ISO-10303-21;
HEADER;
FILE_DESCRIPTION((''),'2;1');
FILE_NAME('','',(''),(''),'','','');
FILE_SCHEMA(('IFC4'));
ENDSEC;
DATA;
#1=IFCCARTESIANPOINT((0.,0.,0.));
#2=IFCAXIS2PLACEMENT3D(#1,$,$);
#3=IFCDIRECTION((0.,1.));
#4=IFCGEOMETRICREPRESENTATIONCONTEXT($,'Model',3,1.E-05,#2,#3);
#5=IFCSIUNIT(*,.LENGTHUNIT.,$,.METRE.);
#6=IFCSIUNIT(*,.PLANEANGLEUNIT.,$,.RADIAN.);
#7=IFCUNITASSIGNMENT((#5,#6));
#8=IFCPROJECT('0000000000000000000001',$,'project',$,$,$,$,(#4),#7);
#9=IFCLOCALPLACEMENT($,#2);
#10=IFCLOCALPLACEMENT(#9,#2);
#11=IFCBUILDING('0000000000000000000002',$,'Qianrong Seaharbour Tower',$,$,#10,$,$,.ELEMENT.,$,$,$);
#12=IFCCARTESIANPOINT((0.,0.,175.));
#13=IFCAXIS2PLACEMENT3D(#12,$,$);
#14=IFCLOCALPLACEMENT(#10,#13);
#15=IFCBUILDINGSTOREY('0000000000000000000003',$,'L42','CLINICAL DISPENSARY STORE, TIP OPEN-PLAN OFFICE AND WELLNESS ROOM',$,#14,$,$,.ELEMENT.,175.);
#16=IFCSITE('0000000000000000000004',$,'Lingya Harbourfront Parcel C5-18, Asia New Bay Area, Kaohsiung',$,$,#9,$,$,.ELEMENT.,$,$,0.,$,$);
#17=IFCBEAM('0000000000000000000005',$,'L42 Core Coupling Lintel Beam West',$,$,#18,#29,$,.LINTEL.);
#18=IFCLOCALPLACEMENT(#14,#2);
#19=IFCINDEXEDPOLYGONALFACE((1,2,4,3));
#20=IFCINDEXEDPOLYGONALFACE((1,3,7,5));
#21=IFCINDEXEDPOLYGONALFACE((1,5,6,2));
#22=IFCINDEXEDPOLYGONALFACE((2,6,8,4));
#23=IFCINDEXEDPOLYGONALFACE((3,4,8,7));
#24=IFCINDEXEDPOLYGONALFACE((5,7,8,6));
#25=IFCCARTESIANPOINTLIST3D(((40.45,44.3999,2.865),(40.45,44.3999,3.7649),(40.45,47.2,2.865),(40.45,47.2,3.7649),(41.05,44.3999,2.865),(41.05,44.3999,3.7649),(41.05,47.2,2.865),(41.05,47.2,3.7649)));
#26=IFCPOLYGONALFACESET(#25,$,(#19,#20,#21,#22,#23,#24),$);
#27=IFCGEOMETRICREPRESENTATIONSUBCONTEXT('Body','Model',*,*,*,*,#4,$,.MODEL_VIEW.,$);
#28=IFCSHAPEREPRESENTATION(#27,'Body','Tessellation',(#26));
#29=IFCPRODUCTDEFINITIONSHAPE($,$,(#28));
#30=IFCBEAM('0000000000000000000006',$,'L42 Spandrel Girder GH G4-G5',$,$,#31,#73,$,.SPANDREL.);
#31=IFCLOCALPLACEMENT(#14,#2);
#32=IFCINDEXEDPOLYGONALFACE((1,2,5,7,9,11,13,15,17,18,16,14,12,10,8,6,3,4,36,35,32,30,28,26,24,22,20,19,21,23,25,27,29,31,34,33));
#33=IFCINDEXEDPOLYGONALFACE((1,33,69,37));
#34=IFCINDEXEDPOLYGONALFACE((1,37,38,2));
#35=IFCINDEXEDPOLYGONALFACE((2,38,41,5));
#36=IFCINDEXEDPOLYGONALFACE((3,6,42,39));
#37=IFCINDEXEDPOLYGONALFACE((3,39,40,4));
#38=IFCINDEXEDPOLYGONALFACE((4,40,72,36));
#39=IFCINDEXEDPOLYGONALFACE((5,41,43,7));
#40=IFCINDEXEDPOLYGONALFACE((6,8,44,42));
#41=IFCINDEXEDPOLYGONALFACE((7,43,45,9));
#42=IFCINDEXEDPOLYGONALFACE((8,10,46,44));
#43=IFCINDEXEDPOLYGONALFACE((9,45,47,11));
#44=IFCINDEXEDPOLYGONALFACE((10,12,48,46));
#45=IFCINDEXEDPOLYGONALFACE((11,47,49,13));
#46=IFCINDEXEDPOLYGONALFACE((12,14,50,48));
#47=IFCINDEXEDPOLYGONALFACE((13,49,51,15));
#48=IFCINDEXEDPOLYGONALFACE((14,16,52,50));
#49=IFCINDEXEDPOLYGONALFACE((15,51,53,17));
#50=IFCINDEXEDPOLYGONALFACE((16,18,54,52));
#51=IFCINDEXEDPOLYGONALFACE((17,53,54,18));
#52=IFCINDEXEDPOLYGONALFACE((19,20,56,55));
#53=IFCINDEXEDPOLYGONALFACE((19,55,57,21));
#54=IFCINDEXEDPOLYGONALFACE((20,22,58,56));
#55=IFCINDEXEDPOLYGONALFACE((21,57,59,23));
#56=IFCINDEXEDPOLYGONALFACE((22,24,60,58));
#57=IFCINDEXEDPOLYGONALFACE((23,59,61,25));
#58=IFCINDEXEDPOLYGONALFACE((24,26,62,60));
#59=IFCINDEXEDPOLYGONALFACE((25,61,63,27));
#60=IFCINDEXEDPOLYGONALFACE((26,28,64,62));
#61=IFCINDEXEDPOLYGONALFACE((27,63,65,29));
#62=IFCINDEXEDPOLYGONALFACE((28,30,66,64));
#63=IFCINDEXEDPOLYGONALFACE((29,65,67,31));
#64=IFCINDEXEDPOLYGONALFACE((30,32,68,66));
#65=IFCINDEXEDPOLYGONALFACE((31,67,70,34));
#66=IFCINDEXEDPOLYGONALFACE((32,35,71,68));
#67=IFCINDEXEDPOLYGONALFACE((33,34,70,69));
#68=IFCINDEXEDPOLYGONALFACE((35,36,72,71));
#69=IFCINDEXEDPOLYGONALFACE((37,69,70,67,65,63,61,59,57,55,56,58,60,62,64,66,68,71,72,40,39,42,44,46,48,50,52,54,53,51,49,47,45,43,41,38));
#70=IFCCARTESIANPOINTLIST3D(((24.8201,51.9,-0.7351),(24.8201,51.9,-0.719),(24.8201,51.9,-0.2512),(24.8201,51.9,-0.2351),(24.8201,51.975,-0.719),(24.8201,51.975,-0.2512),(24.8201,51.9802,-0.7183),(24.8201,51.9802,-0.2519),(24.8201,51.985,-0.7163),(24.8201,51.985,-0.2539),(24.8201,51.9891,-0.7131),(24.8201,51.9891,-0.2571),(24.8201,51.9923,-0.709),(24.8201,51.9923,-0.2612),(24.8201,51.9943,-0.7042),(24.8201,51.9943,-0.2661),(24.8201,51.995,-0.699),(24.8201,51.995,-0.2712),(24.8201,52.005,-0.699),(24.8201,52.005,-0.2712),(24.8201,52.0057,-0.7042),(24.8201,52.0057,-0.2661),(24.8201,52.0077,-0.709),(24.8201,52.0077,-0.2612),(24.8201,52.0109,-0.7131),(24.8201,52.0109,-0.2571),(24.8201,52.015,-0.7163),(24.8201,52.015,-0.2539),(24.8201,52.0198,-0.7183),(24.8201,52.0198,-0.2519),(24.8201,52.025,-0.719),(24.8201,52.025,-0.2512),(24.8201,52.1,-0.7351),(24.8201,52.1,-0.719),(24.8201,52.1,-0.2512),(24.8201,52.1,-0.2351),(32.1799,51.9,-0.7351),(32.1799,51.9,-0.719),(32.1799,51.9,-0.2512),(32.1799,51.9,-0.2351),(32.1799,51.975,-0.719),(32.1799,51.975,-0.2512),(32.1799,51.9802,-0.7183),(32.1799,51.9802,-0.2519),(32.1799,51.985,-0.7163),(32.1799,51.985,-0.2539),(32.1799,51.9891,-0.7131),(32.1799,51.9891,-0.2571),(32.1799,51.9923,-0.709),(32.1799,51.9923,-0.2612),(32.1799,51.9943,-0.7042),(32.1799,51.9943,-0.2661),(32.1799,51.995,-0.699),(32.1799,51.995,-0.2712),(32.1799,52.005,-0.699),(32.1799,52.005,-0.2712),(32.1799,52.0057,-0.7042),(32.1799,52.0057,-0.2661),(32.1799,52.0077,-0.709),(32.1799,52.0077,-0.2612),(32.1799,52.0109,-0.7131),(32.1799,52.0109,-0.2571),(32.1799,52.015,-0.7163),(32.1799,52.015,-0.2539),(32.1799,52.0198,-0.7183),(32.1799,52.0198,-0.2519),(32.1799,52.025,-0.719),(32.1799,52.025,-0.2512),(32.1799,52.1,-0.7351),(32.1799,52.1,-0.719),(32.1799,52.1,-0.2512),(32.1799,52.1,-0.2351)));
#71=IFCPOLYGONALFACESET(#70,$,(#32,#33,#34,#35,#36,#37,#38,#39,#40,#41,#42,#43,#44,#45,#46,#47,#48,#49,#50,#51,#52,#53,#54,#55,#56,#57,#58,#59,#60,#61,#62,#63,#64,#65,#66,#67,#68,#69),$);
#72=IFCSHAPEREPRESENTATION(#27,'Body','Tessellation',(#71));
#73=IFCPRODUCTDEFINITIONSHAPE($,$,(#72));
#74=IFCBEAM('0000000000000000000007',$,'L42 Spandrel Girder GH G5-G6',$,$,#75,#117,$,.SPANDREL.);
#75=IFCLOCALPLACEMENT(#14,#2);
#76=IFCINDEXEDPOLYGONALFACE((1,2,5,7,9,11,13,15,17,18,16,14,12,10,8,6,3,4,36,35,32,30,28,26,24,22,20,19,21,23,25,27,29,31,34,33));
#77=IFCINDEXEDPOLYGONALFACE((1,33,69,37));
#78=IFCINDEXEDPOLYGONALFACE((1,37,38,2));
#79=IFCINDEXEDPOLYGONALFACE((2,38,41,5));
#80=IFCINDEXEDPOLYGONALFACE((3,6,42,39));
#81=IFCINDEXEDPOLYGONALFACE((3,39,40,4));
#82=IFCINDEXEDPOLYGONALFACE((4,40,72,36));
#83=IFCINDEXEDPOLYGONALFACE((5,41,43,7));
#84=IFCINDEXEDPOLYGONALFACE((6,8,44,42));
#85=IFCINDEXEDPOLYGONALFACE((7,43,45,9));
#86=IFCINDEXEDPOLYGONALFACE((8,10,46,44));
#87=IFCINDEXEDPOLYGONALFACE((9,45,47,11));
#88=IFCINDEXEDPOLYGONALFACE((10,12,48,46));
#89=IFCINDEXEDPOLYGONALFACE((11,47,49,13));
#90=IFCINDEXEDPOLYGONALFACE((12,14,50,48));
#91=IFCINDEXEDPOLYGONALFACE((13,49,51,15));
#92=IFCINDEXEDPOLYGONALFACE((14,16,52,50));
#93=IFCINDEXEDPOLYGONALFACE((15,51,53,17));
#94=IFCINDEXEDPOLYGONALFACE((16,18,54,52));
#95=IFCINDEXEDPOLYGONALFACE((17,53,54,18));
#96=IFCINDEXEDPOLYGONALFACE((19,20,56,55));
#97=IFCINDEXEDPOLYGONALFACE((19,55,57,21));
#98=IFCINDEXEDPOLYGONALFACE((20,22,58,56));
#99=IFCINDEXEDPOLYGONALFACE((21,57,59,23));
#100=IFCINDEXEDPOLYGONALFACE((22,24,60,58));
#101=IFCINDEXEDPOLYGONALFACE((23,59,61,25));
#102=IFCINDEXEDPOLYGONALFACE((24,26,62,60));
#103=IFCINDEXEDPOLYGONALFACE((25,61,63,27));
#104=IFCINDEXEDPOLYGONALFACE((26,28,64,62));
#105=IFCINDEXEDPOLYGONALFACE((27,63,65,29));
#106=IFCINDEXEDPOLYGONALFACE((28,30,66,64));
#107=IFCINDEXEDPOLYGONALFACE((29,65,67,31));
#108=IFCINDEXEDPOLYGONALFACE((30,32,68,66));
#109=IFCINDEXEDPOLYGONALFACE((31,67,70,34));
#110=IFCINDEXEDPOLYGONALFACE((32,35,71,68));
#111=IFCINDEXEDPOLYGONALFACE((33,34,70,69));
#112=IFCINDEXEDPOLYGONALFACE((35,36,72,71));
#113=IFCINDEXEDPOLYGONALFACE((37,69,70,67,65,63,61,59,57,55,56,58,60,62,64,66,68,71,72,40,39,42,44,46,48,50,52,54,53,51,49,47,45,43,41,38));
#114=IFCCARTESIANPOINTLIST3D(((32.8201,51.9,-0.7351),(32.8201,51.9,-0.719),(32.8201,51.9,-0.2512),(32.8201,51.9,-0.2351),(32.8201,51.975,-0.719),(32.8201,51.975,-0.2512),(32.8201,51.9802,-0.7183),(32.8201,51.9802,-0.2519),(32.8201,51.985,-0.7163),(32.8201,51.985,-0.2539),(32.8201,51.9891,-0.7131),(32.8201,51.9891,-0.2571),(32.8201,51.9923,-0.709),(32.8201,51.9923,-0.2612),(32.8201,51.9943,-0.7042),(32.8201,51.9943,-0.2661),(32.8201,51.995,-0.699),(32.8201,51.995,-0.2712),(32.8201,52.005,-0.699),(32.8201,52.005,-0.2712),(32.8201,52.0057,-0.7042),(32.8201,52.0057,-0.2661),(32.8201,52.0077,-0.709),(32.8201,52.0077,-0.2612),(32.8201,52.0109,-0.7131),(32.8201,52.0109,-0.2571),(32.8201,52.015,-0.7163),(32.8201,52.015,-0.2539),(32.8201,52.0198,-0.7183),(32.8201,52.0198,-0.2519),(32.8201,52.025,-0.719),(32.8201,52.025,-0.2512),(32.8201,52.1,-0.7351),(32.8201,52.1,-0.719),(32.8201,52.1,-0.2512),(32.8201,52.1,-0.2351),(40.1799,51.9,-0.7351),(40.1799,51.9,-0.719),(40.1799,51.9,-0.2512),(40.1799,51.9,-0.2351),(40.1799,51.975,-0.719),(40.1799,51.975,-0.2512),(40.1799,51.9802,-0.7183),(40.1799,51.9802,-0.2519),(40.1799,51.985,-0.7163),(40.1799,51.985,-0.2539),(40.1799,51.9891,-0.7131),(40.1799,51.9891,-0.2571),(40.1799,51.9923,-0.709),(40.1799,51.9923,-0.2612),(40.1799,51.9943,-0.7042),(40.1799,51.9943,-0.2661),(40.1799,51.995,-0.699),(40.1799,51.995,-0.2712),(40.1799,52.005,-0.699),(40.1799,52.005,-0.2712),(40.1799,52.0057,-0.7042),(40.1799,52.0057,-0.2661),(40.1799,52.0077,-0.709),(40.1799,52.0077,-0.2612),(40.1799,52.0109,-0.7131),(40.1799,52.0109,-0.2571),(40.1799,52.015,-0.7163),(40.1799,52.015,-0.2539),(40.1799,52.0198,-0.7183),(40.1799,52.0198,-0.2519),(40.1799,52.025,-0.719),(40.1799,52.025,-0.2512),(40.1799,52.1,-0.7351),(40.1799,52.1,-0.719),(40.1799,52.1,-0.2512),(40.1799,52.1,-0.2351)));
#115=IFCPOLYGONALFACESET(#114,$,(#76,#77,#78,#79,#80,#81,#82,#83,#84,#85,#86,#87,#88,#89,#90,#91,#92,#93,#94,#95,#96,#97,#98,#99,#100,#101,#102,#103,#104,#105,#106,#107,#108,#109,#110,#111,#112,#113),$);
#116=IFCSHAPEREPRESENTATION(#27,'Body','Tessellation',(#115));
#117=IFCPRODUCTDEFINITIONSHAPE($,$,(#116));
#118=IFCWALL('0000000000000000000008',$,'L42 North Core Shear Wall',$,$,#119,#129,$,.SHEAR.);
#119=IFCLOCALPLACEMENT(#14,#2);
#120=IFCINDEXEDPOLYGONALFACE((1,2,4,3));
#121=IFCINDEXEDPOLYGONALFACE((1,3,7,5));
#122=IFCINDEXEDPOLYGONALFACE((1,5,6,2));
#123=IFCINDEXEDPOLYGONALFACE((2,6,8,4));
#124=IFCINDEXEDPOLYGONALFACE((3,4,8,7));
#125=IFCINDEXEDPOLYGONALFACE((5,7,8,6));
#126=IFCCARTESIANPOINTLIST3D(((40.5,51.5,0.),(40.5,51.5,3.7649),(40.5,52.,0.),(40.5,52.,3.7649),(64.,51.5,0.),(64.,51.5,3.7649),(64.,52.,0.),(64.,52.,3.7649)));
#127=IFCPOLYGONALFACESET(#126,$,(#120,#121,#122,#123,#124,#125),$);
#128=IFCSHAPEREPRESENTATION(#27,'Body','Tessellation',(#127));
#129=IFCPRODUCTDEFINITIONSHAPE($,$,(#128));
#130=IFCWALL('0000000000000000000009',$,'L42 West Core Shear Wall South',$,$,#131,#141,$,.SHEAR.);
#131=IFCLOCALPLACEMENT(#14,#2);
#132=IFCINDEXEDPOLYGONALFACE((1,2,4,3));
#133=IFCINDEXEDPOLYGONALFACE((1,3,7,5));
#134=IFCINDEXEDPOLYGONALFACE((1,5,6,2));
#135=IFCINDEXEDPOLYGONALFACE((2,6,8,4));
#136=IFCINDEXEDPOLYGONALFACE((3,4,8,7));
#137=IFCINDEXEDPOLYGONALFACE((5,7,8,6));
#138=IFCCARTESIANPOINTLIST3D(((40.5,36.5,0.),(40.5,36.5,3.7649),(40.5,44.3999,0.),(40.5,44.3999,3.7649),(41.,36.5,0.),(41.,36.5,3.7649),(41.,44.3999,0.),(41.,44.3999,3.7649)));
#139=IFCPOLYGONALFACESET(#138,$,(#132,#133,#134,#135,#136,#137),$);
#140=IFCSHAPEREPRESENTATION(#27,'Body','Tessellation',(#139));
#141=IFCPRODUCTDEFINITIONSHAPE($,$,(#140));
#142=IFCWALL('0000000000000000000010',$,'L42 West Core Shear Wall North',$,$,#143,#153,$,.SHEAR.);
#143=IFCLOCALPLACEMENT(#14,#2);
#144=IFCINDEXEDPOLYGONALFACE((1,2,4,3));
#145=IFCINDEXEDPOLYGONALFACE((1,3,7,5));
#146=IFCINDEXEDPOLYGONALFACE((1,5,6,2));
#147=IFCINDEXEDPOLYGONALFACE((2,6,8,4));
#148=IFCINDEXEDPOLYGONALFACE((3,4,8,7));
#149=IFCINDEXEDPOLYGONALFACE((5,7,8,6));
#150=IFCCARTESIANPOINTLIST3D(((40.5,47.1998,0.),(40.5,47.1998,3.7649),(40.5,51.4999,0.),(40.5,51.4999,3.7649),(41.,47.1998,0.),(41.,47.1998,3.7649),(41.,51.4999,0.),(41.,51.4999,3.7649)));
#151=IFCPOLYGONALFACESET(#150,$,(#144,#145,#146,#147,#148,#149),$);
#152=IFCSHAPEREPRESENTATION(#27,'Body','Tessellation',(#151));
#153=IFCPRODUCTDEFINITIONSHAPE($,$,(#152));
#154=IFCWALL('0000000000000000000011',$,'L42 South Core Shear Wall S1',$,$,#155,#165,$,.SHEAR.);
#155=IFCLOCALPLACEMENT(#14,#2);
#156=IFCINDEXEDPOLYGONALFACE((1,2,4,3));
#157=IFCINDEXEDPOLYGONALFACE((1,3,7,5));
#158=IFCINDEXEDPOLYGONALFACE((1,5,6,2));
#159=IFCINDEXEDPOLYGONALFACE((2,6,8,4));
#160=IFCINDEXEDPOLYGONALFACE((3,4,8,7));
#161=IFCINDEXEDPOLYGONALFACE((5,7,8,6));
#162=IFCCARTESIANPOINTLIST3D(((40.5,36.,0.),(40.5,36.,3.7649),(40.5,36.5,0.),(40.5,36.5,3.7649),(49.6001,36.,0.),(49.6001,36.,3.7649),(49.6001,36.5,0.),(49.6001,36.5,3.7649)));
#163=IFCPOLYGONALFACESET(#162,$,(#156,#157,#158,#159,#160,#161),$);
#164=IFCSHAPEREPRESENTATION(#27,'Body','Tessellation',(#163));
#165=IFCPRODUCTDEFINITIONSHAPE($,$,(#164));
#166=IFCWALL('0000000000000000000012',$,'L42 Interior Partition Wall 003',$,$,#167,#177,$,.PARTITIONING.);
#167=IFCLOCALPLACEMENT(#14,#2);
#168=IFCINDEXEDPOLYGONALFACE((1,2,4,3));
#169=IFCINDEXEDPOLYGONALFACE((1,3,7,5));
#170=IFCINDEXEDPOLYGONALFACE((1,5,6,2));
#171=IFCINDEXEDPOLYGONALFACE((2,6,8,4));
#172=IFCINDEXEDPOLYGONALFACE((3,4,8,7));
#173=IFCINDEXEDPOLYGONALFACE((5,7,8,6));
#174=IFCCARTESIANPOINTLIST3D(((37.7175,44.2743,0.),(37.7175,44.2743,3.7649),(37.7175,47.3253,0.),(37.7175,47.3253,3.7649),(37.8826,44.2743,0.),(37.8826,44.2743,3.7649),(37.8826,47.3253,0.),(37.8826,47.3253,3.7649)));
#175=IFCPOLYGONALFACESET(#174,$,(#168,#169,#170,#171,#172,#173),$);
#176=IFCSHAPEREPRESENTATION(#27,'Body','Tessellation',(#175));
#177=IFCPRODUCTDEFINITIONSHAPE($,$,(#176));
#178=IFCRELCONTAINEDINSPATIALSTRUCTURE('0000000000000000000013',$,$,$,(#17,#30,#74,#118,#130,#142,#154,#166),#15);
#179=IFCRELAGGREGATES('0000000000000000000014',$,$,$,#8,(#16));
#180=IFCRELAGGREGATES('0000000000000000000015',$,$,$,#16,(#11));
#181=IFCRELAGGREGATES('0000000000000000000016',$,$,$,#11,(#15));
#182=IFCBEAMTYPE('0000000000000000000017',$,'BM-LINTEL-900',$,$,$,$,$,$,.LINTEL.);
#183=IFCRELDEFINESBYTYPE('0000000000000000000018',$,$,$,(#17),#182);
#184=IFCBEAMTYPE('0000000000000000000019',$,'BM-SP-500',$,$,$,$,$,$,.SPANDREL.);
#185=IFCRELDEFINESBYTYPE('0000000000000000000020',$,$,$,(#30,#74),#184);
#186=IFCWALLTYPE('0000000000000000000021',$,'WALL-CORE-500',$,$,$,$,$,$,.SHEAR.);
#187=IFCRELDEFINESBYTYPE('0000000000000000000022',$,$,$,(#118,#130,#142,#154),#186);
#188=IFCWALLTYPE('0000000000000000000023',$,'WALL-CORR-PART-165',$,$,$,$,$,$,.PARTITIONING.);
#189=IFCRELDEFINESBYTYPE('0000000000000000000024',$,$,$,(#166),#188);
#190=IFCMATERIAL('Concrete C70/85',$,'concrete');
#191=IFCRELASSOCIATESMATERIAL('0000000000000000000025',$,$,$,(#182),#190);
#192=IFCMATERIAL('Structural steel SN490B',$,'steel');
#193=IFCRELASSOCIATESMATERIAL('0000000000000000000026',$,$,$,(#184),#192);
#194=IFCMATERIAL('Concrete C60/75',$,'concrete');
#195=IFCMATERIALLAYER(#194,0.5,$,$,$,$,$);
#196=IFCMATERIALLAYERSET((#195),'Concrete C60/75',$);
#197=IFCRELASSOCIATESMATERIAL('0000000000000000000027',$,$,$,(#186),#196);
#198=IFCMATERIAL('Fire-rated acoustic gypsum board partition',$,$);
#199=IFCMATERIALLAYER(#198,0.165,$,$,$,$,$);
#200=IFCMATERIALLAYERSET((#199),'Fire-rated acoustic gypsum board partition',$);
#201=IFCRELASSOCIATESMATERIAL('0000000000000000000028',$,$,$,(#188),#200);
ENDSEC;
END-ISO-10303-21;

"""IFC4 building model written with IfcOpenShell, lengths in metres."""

from ifc_helpers import new_model, si_unit, direction, frame, frame_2d, origin, origin_2d, place, context, subcontext, project, spatial, rectangle, i_section, extrude, material, layer, layer_set, material_profile, profile_set, type_object, element, save


model = new_model("IFC4")

# Units and contexts
model_context = context("Model", 3, precision=1e-05, world=origin(), true_north=direction((0.0, 1.0)))
body_context = subcontext(model_context, "Body", "Model", "MODEL_VIEW")
ifc_project = project(units=[si_unit("LENGTHUNIT", "METRE"), si_unit("PLANEANGLEUNIT", "RADIAN")], contexts=[model_context])

# Site, building, storey
site_placement = place(None, origin())
site = spatial("IfcSite", under=ifc_project, at=site_placement, Name="Lingya Harbourfront Parcel C5-18, Asia New Bay Area, Kaohsiung", CompositionType="ELEMENT", RefElevation=0.0)
building_placement = place(site_placement, origin())
building = spatial("IfcBuilding", under=site, at=building_placement, Name="Qianrong Seaharbour Tower", CompositionType="ELEMENT")
storey_placement = place(building_placement, frame((0.0, 0.0, 175.0)))
storey = spatial("IfcBuildingStorey", under=building, at=storey_placement, Name="L42", Description="CLINICAL DISPENSARY STORE, TIP OPEN-PLAN OFFICE AND WELLNESS ROOM", CompositionType="ELEMENT", Elevation=175.0)

# Shared definitions
ifc_material_1 = material(Name="Structural steel SN490B", Category="steel")

# Beams
ifc_material_2 = material(Name="Concrete C70/85", Category="concrete")
ifc_material_profile_1 = material_profile(ifc_material_2, rectangle(XDim=0.6001, YDim=0.8999, at=origin_2d()), Name="RC600x900")
ifc_profile_set_1 = profile_set([ifc_material_profile_1], Name="Concrete C70/85")
beam_type_1 = type_object("IfcBeamType", Name="BM-LINTEL-900", PredefinedType="LINTEL", material=ifc_profile_set_1)
beam_1_placement = place(storey_placement, frame((40.75, 44.3999, 3.3149), z_axis=(0.0, 1.0, 0.0), x_axis=(-1.0, 0.0, 0.0)))
element("IfcBeam", 1, at=beam_1_placement, inside=storey, type_object=beam_type_1, Name="L42 Core Coupling Lintel Beam West", PredefinedType="LINTEL", context=body_context, shape_type="SweptSolid", body=[
    extrude(rectangle(XDim=0.6001, YDim=0.8999, at=origin_2d()), origin(), (0.0, 0.0, 1.0), 2.8),
])
ifc_material_profile_2 = material_profile(ifc_material_1, i_section(OverallWidth=0.2, OverallDepth=0.5, WebThickness=0.01, FlangeThickness=0.0161, FilletRadius=0.02, at=origin_2d()), Name="H500x200x10x16")
ifc_profile_set_2 = profile_set([ifc_material_profile_2], Name="Structural steel SN490B")
beam_type_2 = type_object("IfcBeamType", Name="BM-SP-500", PredefinedType="SPANDREL", material=ifc_profile_set_2)
for number, where, z_axis, x_axis, name in (
    (2, (24.8201, 52.0, -0.4851), (1.0, 0.0, 0.0), (0.0, 1.0, 0.0), "L42 Spandrel Girder GH G4-G5"),
    (3, (32.8201, 52.0, -0.4851), (1.0, 0.0, 0.0), (0.0, 1.0, 0.0), "L42 Spandrel Girder GH G5-G6"),
):
    element("IfcBeam", number, at=place(storey_placement, frame(where, z_axis=z_axis, x_axis=x_axis)), inside=storey, type_object=beam_type_2, Name=name, PredefinedType="SPANDREL", context=body_context, shape_type="SweptSolid", body=[
        extrude(i_section(OverallWidth=0.2, OverallDepth=0.5, WebThickness=0.01, FlangeThickness=0.0161, FilletRadius=0.02, at=origin_2d()), origin(), (0.0, 0.0, 1.0), 7.3599),
    ])

# Walls
ifc_material_3 = material(Name="Concrete C60/75", Category="concrete")
ifc_layer_1 = layer(ifc_material_3, 0.5)
ifc_layer_set_1 = layer_set([ifc_layer_1], Name="Concrete C60/75")
wall_type_1 = type_object("IfcWallType", Name="WALL-CORE-500", PredefinedType="SHEAR", material=ifc_layer_set_1)
wall_1_placement = place(storey_placement, frame((40.5, 51.75, 0.0), z_axis=(0.0, 0.0, 1.0), x_axis=(1.0, 0.0, 0.0)))
element("IfcWall", 4, at=wall_1_placement, inside=storey, type_object=wall_type_1, Name="L42 North Core Shear Wall", PredefinedType="SHEAR", context=body_context, shape_type="SweptSolid", body=[
    extrude(rectangle(XDim=23.5, YDim=0.5, at=frame_2d((11.75, 0.0))), origin(), (0.0, 0.0, 1.0), 3.7649),
])
wall_2_placement = place(storey_placement, frame((40.75, 36.5, 0.0), z_axis=(0.0, 0.0, 1.0), x_axis=(0.0, 1.0, 0.0)))
element("IfcWall", 5, at=wall_2_placement, inside=storey, type_object=wall_type_1, Name="L42 West Core Shear Wall South", PredefinedType="SHEAR", context=body_context, shape_type="SweptSolid", body=[
    extrude(rectangle(XDim=7.8999, YDim=0.5, at=frame_2d((3.95, 0.0))), origin(), (0.0, 0.0, 1.0), 3.7649),
])
wall_3_placement = place(storey_placement, frame((40.75, 47.2, 0.0), z_axis=(0.0, 0.0, 1.0), x_axis=(0.0, 1.0, 0.0)))
element("IfcWall", 6, at=wall_3_placement, inside=storey, type_object=wall_type_1, Name="L42 West Core Shear Wall North", PredefinedType="SHEAR", context=body_context, shape_type="SweptSolid", body=[
    extrude(rectangle(XDim=4.3, YDim=0.5, at=frame_2d((2.1499, 0.0))), origin(), (0.0, 0.0, 1.0), 3.7649),
])
wall_4_placement = place(storey_placement, frame((40.5, 36.25, 0.0), z_axis=(0.0, 0.0, 1.0), x_axis=(1.0, 0.0, 0.0)))
element("IfcWall", 7, at=wall_4_placement, inside=storey, type_object=wall_type_1, Name="L42 South Core Shear Wall S1", PredefinedType="SHEAR", context=body_context, shape_type="SweptSolid", body=[
    extrude(rectangle(XDim=9.1001, YDim=0.5, at=frame_2d((4.55, 0.0))), origin(), (0.0, 0.0, 1.0), 3.7649),
])

# Shared definitions
ifc_material_4 = material(Name="Fire-rated acoustic gypsum board partition")
ifc_layer_2 = layer(ifc_material_4, 0.165)
ifc_layer_set_2 = layer_set([ifc_layer_2], Name="Fire-rated acoustic gypsum board partition")
wall_type_2 = type_object("IfcWallType", Name="WALL-CORR-PART-165", PredefinedType="PARTITIONING", material=ifc_layer_set_2)

# Wall
wall_5_placement = place(storey_placement, frame((37.8, 44.2744, 0.0), z_axis=(0.0, 0.0, 1.0), x_axis=(0.0, 1.0, 0.0)))
element("IfcWall", 8, at=wall_5_placement, inside=storey, type_object=wall_type_2, Name="L42 Interior Partition Wall 003", PredefinedType="PARTITIONING", context=body_context, shape_type="SweptSolid", body=[
    extrude(rectangle(XDim=3.051, YDim=0.165, at=frame_2d((1.5254, 0.0))), origin(), (0.0, 0.0, 1.0), 3.7649),
])

save(model, "model.ifc")
